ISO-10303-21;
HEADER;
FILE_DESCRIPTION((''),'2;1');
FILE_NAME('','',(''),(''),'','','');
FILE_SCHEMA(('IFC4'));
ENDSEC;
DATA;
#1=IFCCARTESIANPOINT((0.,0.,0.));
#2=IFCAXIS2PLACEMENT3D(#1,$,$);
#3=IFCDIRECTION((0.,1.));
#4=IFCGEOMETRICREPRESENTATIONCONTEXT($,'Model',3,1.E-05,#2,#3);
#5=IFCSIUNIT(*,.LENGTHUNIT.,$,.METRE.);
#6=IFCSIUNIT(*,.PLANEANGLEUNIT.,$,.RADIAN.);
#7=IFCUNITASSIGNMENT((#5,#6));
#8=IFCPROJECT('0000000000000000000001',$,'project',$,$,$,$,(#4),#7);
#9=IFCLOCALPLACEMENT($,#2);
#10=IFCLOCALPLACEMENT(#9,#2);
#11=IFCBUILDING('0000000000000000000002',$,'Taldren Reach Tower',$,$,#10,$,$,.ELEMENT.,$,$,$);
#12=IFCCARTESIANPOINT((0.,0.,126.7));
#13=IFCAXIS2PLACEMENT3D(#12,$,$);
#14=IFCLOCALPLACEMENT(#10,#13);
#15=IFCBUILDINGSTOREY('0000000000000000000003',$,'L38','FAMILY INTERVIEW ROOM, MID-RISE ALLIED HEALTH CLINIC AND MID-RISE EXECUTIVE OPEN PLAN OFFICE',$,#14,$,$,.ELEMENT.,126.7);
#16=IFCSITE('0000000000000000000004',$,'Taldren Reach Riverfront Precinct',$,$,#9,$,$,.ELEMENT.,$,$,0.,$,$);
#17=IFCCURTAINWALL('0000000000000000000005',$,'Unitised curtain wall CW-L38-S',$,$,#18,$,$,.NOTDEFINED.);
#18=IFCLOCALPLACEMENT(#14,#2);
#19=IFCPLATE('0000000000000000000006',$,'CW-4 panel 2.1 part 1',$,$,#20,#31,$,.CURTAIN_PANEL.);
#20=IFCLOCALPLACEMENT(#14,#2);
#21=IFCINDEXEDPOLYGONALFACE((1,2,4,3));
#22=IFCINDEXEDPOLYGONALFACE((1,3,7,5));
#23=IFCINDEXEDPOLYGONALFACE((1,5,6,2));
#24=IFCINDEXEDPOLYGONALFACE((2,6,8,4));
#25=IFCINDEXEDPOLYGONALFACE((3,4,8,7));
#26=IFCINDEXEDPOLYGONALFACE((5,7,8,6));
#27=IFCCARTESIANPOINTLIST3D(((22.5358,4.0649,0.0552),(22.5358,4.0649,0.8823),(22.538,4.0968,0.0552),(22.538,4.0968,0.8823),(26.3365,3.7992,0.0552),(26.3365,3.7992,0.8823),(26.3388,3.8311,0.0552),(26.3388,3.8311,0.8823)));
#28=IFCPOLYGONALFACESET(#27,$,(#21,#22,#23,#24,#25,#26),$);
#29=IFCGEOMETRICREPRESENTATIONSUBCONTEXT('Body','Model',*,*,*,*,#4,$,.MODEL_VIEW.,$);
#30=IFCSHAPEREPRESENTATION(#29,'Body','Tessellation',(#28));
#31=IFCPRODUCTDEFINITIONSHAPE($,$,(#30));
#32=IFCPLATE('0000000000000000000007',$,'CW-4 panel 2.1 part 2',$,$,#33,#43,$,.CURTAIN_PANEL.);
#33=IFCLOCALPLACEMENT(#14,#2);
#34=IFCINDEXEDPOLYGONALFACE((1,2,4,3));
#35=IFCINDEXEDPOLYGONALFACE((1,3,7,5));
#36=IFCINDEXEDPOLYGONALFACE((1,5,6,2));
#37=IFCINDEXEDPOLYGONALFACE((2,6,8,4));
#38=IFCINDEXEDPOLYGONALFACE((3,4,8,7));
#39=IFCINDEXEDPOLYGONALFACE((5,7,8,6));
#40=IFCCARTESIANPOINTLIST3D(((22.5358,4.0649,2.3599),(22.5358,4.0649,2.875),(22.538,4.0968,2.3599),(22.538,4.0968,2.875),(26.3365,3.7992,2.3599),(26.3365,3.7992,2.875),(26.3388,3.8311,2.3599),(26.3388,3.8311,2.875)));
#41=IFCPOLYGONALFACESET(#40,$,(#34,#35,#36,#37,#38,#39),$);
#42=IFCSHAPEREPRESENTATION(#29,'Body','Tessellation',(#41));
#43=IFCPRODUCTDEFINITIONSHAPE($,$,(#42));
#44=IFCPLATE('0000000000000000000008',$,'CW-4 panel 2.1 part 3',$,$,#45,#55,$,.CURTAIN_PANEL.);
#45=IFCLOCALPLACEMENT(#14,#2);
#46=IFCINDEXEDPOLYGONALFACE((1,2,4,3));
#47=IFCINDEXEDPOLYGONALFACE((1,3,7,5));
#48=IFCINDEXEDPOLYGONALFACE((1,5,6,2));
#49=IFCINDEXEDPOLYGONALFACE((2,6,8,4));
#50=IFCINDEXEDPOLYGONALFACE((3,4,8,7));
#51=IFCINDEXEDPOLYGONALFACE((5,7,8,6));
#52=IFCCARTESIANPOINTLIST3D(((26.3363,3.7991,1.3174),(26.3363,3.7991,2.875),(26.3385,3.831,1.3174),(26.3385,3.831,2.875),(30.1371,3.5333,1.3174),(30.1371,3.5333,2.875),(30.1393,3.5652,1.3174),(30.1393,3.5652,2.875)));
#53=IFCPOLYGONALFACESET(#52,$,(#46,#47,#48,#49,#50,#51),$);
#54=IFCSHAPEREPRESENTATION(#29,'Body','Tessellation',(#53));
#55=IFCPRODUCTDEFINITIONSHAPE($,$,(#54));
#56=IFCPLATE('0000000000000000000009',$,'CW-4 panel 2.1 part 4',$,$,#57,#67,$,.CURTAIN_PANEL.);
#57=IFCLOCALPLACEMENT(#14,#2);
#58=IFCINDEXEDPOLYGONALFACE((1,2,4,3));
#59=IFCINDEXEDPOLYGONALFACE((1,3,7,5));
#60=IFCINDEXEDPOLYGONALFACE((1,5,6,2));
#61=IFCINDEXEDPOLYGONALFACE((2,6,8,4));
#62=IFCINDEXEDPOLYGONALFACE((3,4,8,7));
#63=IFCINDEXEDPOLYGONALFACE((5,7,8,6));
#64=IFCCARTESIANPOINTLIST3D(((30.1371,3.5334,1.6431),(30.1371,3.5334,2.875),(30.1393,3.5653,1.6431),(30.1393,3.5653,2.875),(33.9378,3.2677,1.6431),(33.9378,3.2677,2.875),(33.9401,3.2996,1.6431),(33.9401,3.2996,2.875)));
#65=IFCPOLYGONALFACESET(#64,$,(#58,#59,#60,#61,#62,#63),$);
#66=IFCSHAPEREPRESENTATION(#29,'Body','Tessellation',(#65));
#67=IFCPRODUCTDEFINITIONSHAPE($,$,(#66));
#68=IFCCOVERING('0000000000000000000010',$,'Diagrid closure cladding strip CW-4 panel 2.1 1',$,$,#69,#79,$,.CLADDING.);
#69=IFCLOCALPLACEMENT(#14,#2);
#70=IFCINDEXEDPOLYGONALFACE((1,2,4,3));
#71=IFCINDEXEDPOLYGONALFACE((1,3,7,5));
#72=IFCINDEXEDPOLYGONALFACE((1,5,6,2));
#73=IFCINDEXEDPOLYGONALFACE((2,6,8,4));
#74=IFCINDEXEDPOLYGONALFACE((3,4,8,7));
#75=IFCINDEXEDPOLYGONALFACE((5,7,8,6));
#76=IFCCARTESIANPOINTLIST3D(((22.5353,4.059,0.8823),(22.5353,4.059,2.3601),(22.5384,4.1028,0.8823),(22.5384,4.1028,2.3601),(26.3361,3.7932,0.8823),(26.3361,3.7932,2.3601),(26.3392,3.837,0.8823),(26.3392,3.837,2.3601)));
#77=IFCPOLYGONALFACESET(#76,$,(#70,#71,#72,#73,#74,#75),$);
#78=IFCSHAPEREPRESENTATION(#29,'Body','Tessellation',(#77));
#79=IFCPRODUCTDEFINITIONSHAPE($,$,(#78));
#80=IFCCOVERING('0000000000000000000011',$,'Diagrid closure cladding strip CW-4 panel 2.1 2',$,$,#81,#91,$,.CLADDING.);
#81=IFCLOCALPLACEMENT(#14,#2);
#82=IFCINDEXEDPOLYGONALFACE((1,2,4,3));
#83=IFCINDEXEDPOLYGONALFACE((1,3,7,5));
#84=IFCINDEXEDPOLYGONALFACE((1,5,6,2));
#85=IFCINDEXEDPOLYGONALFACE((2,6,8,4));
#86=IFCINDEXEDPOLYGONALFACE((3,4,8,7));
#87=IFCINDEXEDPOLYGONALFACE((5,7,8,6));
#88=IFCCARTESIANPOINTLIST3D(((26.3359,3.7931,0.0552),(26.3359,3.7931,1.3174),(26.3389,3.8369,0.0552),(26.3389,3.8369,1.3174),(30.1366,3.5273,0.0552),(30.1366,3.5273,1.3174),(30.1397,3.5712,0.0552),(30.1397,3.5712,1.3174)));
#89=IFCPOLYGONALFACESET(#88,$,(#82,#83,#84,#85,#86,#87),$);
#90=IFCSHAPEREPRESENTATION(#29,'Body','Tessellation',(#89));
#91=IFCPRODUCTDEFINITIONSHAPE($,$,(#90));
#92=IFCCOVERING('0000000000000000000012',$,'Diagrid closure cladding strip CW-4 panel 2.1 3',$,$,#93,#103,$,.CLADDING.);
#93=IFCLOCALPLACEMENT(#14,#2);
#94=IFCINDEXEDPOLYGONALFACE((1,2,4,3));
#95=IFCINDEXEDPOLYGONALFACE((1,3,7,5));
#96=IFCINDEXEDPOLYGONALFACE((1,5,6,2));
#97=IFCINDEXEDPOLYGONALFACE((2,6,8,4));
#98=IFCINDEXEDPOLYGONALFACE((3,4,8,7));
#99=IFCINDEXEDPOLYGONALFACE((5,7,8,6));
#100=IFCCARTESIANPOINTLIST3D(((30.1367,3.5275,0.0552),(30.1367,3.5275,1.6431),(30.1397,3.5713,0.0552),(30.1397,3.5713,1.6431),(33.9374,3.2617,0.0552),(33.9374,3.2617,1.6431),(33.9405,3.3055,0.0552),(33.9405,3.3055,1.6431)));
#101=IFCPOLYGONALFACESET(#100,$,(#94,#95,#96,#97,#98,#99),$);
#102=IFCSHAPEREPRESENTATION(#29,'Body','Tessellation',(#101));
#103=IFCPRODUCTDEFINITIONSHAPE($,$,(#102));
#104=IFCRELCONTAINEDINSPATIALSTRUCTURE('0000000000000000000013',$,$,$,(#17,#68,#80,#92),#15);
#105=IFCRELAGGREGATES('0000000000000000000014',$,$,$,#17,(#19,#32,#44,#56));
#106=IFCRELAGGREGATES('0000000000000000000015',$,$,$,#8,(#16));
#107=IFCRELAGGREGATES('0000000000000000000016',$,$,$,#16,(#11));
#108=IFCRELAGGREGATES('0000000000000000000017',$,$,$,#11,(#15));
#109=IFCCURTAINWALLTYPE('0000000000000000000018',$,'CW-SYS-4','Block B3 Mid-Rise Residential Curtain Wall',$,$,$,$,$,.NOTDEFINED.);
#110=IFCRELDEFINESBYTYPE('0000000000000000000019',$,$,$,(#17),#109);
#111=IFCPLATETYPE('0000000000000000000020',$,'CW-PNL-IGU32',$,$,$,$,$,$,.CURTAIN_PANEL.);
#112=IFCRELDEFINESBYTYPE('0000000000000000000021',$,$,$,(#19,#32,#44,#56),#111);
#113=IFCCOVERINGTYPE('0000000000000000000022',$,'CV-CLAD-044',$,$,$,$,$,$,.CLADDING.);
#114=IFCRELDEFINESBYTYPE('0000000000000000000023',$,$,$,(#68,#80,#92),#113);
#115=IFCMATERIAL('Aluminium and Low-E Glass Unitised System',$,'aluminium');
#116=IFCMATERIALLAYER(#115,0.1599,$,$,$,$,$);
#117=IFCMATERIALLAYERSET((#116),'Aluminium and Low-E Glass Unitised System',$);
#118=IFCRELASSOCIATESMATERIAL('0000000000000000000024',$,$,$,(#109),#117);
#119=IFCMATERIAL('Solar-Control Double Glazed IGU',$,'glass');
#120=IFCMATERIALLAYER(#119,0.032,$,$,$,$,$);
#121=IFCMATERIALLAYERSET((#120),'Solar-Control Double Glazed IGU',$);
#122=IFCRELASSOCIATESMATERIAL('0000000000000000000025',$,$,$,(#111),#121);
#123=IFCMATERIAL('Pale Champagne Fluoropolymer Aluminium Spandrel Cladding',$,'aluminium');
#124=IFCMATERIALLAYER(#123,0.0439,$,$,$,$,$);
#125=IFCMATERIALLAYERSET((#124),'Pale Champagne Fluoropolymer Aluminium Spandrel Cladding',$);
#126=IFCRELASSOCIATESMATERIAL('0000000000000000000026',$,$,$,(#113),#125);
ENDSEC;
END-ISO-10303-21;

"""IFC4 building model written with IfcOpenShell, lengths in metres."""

from ifc_helpers import new_model, si_unit, direction, frame, origin, origin_2d, place, context, subcontext, project, spatial, rectangle, extrude, source, transform, mapped, material, layer, layer_set, type_object, element, aggregate, save


model = new_model("IFC4")

# Units and contexts
model_context = context("Model", 3, precision=1e-05, world=origin(), true_north=direction((0.0, 1.0)))
body_context = subcontext(model_context, "Body", "Model", "MODEL_VIEW")
ifc_project = project(units=[si_unit("LENGTHUNIT", "METRE"), si_unit("PLANEANGLEUNIT", "RADIAN")], contexts=[model_context])

# Site, building, storey
site_placement = place(None, origin())
site = spatial("IfcSite", under=ifc_project, at=site_placement, Name="Taldren Reach Riverfront Precinct", CompositionType="ELEMENT", RefElevation=0.0)
building_placement = place(site_placement, origin())
building = spatial("IfcBuilding", under=site, at=building_placement, Name="Taldren Reach Tower", CompositionType="ELEMENT")
storey_placement = place(building_placement, frame((0.0, 0.0, 126.7)))
storey = spatial("IfcBuildingStorey", under=building, at=storey_placement, Name="L38", Description="FAMILY INTERVIEW ROOM, MID-RISE ALLIED HEALTH CLINIC AND MID-RISE EXECUTIVE OPEN PLAN OFFICE", CompositionType="ELEMENT", Elevation=126.7)

# Curtain wall
ifc_material_1 = material(Name="Aluminium and Low-E Glass Unitised System", Category="aluminium")
ifc_layer_1 = layer(ifc_material_1, 0.1599)
ifc_layer_set_1 = layer_set([ifc_layer_1], Name="Aluminium and Low-E Glass Unitised System")
curtain_wall_type = type_object("IfcCurtainWallType", Name="CW-SYS-4", Description="Block B3 Mid-Rise Residential Curtain Wall", PredefinedType="NOTDEFINED", material=ifc_layer_set_1)
curtain_wall_placement = place(storey_placement, origin())
curtain_wall = element("IfcCurtainWall", 1, at=curtain_wall_placement, inside=storey, type_object=curtain_wall_type, Name="Unitised curtain wall CW-L38-S", PredefinedType="NOTDEFINED")

# Plates
ifc_material_2 = material(Name="Solar-Control Double Glazed IGU", Category="glass")
ifc_layer_2 = layer(ifc_material_2, 0.032)
ifc_layer_set_2 = layer_set([ifc_layer_2], Name="Solar-Control Double Glazed IGU")
plate_type_1 = type_object("IfcPlateType", Name="CW-PNL-IGU32", PredefinedType="CURTAIN_PANEL", material=ifc_layer_set_2)
shared_shape_1 = source(origin(), body_context, "Body", "SweptSolid", [
    extrude(rectangle(XDim=3.8101, YDim=0.032, at=origin_2d()), origin(), (0.0, 0.0, 1.0), 0.8271),
])
plate_1_placement = place(storey_placement, frame((24.4373, 3.948, 0.0552), z_axis=(0.0, 0.0, 1.0), x_axis=(0.997564, -0.069757, 0.0)))
plate_1 = element("IfcPlate", 2, at=plate_1_placement, type_object=plate_type_1, Name="CW-4 panel 2.1 part 1", PredefinedType="CURTAIN_PANEL", context=body_context, shape_type="MappedRepresentation", body=[
    mapped(shared_shape_1, transform((0.0, 0.0, 0.0), scale=1.0)),
])
shared_shape_2 = source(origin(), body_context, "Body", "SweptSolid", [
    extrude(rectangle(XDim=3.8101, YDim=0.032, at=origin_2d()), origin(), (0.0, 0.0, 1.0), 0.5151),
])
plate_2_placement = place(storey_placement, frame((24.4373, 3.948, 2.3599), z_axis=(0.0, 0.0, 1.0), x_axis=(0.997564, -0.069757, 0.0)))
plate_2 = element("IfcPlate", 3, at=plate_2_placement, type_object=plate_type_1, Name="CW-4 panel 2.1 part 2", PredefinedType="CURTAIN_PANEL", context=body_context, shape_type="MappedRepresentation", body=[
    mapped(shared_shape_2, transform((0.0, 0.0, 0.0), scale=1.0)),
])
shared_shape_3 = source(origin(), body_context, "Body", "SweptSolid", [
    extrude(rectangle(XDim=3.8101, YDim=0.032, at=origin_2d()), origin(), (0.0, 0.0, 1.0), 1.5576),
])
plate_3_placement = place(storey_placement, frame((28.2378, 3.6821, 1.3174), z_axis=(0.0, 0.0, 1.0), x_axis=(0.997564, -0.069757, 0.0)))
plate_3 = element("IfcPlate", 4, at=plate_3_placement, type_object=plate_type_1, Name="CW-4 panel 2.1 part 3", PredefinedType="CURTAIN_PANEL", context=body_context, shape_type="MappedRepresentation", body=[
    mapped(shared_shape_3, transform((0.0, 0.0, 0.0), scale=1.0)),
])
shared_shape_4 = source(origin(), body_context, "Body", "SweptSolid", [
    extrude(rectangle(XDim=3.8101, YDim=0.032, at=origin_2d()), origin(), (0.0, 0.0, 1.0), 1.2319),
])
plate_4_placement = place(storey_placement, frame((32.0386, 3.4165, 1.6431), z_axis=(0.0, 0.0, 1.0), x_axis=(0.997564, -0.069757, 0.0)))
plate_4 = element("IfcPlate", 5, at=plate_4_placement, type_object=plate_type_1, Name="CW-4 panel 2.1 part 4", PredefinedType="CURTAIN_PANEL", context=body_context, shape_type="MappedRepresentation", body=[
    mapped(shared_shape_4, transform((0.0, 0.0, 0.0), scale=1.0)),
])
aggregate(curtain_wall, [plate_1, plate_2, plate_3, plate_4])

# Coverings
ifc_material_3 = material(Name="Pale Champagne Fluoropolymer Aluminium Spandrel Cladding", Category="aluminium")
ifc_layer_3 = layer(ifc_material_3, 0.0439)
ifc_layer_set_3 = layer_set([ifc_layer_3], Name="Pale Champagne Fluoropolymer Aluminium Spandrel Cladding")
covering_type = type_object("IfcCoveringType", Name="CV-CLAD-044", PredefinedType="CLADDING", material=ifc_layer_set_3)
shared_shape_5 = source(origin(), body_context, "Body", "SweptSolid", [
    extrude(rectangle(XDim=3.8101, YDim=0.0439, at=origin_2d()), origin(), (0.0, 0.0, 1.0), 1.4778),
])
covering_1_placement = place(storey_placement, frame((24.4373, 3.948, 0.8823), z_axis=(0.0, 0.0, 1.0), x_axis=(0.997564, -0.069757, 0.0)))
element("IfcCovering", 6, at=covering_1_placement, inside=storey, type_object=covering_type, Name="Diagrid closure cladding strip CW-4 panel 2.1 1", PredefinedType="CLADDING", context=body_context, shape_type="MappedRepresentation", body=[
    mapped(shared_shape_5, transform((0.0, 0.0, 0.0), scale=1.0)),
])
shared_shape_6 = source(origin(), body_context, "Body", "SweptSolid", [
    extrude(rectangle(XDim=3.8101, YDim=0.0439, at=origin_2d()), origin(), (0.0, 0.0, 1.0), 1.2622),
])
covering_2_placement = place(storey_placement, frame((28.2378, 3.6821, 0.0552), z_axis=(0.0, 0.0, 1.0), x_axis=(0.997564, -0.069757, 0.0)))
element("IfcCovering", 7, at=covering_2_placement, inside=storey, type_object=covering_type, Name="Diagrid closure cladding strip CW-4 panel 2.1 2", PredefinedType="CLADDING", context=body_context, shape_type="MappedRepresentation", body=[
    mapped(shared_shape_6, transform((0.0, 0.0, 0.0), scale=1.0)),
])
shared_shape_7 = source(origin(), body_context, "Body", "SweptSolid", [
    extrude(rectangle(XDim=3.8101, YDim=0.0439, at=origin_2d()), origin(), (0.0, 0.0, 1.0), 1.5879),
])
covering_3_placement = place(storey_placement, frame((32.0386, 3.4165, 0.0552), z_axis=(0.0, 0.0, 1.0), x_axis=(0.997564, -0.069757, 0.0)))
element("IfcCovering", 8, at=covering_3_placement, inside=storey, type_object=covering_type, Name="Diagrid closure cladding strip CW-4 panel 2.1 3", PredefinedType="CLADDING", context=body_context, shape_type="MappedRepresentation", body=[
    mapped(shared_shape_7, transform((0.0, 0.0, 0.0), scale=1.0)),
])

save(model, "model.ifc")
